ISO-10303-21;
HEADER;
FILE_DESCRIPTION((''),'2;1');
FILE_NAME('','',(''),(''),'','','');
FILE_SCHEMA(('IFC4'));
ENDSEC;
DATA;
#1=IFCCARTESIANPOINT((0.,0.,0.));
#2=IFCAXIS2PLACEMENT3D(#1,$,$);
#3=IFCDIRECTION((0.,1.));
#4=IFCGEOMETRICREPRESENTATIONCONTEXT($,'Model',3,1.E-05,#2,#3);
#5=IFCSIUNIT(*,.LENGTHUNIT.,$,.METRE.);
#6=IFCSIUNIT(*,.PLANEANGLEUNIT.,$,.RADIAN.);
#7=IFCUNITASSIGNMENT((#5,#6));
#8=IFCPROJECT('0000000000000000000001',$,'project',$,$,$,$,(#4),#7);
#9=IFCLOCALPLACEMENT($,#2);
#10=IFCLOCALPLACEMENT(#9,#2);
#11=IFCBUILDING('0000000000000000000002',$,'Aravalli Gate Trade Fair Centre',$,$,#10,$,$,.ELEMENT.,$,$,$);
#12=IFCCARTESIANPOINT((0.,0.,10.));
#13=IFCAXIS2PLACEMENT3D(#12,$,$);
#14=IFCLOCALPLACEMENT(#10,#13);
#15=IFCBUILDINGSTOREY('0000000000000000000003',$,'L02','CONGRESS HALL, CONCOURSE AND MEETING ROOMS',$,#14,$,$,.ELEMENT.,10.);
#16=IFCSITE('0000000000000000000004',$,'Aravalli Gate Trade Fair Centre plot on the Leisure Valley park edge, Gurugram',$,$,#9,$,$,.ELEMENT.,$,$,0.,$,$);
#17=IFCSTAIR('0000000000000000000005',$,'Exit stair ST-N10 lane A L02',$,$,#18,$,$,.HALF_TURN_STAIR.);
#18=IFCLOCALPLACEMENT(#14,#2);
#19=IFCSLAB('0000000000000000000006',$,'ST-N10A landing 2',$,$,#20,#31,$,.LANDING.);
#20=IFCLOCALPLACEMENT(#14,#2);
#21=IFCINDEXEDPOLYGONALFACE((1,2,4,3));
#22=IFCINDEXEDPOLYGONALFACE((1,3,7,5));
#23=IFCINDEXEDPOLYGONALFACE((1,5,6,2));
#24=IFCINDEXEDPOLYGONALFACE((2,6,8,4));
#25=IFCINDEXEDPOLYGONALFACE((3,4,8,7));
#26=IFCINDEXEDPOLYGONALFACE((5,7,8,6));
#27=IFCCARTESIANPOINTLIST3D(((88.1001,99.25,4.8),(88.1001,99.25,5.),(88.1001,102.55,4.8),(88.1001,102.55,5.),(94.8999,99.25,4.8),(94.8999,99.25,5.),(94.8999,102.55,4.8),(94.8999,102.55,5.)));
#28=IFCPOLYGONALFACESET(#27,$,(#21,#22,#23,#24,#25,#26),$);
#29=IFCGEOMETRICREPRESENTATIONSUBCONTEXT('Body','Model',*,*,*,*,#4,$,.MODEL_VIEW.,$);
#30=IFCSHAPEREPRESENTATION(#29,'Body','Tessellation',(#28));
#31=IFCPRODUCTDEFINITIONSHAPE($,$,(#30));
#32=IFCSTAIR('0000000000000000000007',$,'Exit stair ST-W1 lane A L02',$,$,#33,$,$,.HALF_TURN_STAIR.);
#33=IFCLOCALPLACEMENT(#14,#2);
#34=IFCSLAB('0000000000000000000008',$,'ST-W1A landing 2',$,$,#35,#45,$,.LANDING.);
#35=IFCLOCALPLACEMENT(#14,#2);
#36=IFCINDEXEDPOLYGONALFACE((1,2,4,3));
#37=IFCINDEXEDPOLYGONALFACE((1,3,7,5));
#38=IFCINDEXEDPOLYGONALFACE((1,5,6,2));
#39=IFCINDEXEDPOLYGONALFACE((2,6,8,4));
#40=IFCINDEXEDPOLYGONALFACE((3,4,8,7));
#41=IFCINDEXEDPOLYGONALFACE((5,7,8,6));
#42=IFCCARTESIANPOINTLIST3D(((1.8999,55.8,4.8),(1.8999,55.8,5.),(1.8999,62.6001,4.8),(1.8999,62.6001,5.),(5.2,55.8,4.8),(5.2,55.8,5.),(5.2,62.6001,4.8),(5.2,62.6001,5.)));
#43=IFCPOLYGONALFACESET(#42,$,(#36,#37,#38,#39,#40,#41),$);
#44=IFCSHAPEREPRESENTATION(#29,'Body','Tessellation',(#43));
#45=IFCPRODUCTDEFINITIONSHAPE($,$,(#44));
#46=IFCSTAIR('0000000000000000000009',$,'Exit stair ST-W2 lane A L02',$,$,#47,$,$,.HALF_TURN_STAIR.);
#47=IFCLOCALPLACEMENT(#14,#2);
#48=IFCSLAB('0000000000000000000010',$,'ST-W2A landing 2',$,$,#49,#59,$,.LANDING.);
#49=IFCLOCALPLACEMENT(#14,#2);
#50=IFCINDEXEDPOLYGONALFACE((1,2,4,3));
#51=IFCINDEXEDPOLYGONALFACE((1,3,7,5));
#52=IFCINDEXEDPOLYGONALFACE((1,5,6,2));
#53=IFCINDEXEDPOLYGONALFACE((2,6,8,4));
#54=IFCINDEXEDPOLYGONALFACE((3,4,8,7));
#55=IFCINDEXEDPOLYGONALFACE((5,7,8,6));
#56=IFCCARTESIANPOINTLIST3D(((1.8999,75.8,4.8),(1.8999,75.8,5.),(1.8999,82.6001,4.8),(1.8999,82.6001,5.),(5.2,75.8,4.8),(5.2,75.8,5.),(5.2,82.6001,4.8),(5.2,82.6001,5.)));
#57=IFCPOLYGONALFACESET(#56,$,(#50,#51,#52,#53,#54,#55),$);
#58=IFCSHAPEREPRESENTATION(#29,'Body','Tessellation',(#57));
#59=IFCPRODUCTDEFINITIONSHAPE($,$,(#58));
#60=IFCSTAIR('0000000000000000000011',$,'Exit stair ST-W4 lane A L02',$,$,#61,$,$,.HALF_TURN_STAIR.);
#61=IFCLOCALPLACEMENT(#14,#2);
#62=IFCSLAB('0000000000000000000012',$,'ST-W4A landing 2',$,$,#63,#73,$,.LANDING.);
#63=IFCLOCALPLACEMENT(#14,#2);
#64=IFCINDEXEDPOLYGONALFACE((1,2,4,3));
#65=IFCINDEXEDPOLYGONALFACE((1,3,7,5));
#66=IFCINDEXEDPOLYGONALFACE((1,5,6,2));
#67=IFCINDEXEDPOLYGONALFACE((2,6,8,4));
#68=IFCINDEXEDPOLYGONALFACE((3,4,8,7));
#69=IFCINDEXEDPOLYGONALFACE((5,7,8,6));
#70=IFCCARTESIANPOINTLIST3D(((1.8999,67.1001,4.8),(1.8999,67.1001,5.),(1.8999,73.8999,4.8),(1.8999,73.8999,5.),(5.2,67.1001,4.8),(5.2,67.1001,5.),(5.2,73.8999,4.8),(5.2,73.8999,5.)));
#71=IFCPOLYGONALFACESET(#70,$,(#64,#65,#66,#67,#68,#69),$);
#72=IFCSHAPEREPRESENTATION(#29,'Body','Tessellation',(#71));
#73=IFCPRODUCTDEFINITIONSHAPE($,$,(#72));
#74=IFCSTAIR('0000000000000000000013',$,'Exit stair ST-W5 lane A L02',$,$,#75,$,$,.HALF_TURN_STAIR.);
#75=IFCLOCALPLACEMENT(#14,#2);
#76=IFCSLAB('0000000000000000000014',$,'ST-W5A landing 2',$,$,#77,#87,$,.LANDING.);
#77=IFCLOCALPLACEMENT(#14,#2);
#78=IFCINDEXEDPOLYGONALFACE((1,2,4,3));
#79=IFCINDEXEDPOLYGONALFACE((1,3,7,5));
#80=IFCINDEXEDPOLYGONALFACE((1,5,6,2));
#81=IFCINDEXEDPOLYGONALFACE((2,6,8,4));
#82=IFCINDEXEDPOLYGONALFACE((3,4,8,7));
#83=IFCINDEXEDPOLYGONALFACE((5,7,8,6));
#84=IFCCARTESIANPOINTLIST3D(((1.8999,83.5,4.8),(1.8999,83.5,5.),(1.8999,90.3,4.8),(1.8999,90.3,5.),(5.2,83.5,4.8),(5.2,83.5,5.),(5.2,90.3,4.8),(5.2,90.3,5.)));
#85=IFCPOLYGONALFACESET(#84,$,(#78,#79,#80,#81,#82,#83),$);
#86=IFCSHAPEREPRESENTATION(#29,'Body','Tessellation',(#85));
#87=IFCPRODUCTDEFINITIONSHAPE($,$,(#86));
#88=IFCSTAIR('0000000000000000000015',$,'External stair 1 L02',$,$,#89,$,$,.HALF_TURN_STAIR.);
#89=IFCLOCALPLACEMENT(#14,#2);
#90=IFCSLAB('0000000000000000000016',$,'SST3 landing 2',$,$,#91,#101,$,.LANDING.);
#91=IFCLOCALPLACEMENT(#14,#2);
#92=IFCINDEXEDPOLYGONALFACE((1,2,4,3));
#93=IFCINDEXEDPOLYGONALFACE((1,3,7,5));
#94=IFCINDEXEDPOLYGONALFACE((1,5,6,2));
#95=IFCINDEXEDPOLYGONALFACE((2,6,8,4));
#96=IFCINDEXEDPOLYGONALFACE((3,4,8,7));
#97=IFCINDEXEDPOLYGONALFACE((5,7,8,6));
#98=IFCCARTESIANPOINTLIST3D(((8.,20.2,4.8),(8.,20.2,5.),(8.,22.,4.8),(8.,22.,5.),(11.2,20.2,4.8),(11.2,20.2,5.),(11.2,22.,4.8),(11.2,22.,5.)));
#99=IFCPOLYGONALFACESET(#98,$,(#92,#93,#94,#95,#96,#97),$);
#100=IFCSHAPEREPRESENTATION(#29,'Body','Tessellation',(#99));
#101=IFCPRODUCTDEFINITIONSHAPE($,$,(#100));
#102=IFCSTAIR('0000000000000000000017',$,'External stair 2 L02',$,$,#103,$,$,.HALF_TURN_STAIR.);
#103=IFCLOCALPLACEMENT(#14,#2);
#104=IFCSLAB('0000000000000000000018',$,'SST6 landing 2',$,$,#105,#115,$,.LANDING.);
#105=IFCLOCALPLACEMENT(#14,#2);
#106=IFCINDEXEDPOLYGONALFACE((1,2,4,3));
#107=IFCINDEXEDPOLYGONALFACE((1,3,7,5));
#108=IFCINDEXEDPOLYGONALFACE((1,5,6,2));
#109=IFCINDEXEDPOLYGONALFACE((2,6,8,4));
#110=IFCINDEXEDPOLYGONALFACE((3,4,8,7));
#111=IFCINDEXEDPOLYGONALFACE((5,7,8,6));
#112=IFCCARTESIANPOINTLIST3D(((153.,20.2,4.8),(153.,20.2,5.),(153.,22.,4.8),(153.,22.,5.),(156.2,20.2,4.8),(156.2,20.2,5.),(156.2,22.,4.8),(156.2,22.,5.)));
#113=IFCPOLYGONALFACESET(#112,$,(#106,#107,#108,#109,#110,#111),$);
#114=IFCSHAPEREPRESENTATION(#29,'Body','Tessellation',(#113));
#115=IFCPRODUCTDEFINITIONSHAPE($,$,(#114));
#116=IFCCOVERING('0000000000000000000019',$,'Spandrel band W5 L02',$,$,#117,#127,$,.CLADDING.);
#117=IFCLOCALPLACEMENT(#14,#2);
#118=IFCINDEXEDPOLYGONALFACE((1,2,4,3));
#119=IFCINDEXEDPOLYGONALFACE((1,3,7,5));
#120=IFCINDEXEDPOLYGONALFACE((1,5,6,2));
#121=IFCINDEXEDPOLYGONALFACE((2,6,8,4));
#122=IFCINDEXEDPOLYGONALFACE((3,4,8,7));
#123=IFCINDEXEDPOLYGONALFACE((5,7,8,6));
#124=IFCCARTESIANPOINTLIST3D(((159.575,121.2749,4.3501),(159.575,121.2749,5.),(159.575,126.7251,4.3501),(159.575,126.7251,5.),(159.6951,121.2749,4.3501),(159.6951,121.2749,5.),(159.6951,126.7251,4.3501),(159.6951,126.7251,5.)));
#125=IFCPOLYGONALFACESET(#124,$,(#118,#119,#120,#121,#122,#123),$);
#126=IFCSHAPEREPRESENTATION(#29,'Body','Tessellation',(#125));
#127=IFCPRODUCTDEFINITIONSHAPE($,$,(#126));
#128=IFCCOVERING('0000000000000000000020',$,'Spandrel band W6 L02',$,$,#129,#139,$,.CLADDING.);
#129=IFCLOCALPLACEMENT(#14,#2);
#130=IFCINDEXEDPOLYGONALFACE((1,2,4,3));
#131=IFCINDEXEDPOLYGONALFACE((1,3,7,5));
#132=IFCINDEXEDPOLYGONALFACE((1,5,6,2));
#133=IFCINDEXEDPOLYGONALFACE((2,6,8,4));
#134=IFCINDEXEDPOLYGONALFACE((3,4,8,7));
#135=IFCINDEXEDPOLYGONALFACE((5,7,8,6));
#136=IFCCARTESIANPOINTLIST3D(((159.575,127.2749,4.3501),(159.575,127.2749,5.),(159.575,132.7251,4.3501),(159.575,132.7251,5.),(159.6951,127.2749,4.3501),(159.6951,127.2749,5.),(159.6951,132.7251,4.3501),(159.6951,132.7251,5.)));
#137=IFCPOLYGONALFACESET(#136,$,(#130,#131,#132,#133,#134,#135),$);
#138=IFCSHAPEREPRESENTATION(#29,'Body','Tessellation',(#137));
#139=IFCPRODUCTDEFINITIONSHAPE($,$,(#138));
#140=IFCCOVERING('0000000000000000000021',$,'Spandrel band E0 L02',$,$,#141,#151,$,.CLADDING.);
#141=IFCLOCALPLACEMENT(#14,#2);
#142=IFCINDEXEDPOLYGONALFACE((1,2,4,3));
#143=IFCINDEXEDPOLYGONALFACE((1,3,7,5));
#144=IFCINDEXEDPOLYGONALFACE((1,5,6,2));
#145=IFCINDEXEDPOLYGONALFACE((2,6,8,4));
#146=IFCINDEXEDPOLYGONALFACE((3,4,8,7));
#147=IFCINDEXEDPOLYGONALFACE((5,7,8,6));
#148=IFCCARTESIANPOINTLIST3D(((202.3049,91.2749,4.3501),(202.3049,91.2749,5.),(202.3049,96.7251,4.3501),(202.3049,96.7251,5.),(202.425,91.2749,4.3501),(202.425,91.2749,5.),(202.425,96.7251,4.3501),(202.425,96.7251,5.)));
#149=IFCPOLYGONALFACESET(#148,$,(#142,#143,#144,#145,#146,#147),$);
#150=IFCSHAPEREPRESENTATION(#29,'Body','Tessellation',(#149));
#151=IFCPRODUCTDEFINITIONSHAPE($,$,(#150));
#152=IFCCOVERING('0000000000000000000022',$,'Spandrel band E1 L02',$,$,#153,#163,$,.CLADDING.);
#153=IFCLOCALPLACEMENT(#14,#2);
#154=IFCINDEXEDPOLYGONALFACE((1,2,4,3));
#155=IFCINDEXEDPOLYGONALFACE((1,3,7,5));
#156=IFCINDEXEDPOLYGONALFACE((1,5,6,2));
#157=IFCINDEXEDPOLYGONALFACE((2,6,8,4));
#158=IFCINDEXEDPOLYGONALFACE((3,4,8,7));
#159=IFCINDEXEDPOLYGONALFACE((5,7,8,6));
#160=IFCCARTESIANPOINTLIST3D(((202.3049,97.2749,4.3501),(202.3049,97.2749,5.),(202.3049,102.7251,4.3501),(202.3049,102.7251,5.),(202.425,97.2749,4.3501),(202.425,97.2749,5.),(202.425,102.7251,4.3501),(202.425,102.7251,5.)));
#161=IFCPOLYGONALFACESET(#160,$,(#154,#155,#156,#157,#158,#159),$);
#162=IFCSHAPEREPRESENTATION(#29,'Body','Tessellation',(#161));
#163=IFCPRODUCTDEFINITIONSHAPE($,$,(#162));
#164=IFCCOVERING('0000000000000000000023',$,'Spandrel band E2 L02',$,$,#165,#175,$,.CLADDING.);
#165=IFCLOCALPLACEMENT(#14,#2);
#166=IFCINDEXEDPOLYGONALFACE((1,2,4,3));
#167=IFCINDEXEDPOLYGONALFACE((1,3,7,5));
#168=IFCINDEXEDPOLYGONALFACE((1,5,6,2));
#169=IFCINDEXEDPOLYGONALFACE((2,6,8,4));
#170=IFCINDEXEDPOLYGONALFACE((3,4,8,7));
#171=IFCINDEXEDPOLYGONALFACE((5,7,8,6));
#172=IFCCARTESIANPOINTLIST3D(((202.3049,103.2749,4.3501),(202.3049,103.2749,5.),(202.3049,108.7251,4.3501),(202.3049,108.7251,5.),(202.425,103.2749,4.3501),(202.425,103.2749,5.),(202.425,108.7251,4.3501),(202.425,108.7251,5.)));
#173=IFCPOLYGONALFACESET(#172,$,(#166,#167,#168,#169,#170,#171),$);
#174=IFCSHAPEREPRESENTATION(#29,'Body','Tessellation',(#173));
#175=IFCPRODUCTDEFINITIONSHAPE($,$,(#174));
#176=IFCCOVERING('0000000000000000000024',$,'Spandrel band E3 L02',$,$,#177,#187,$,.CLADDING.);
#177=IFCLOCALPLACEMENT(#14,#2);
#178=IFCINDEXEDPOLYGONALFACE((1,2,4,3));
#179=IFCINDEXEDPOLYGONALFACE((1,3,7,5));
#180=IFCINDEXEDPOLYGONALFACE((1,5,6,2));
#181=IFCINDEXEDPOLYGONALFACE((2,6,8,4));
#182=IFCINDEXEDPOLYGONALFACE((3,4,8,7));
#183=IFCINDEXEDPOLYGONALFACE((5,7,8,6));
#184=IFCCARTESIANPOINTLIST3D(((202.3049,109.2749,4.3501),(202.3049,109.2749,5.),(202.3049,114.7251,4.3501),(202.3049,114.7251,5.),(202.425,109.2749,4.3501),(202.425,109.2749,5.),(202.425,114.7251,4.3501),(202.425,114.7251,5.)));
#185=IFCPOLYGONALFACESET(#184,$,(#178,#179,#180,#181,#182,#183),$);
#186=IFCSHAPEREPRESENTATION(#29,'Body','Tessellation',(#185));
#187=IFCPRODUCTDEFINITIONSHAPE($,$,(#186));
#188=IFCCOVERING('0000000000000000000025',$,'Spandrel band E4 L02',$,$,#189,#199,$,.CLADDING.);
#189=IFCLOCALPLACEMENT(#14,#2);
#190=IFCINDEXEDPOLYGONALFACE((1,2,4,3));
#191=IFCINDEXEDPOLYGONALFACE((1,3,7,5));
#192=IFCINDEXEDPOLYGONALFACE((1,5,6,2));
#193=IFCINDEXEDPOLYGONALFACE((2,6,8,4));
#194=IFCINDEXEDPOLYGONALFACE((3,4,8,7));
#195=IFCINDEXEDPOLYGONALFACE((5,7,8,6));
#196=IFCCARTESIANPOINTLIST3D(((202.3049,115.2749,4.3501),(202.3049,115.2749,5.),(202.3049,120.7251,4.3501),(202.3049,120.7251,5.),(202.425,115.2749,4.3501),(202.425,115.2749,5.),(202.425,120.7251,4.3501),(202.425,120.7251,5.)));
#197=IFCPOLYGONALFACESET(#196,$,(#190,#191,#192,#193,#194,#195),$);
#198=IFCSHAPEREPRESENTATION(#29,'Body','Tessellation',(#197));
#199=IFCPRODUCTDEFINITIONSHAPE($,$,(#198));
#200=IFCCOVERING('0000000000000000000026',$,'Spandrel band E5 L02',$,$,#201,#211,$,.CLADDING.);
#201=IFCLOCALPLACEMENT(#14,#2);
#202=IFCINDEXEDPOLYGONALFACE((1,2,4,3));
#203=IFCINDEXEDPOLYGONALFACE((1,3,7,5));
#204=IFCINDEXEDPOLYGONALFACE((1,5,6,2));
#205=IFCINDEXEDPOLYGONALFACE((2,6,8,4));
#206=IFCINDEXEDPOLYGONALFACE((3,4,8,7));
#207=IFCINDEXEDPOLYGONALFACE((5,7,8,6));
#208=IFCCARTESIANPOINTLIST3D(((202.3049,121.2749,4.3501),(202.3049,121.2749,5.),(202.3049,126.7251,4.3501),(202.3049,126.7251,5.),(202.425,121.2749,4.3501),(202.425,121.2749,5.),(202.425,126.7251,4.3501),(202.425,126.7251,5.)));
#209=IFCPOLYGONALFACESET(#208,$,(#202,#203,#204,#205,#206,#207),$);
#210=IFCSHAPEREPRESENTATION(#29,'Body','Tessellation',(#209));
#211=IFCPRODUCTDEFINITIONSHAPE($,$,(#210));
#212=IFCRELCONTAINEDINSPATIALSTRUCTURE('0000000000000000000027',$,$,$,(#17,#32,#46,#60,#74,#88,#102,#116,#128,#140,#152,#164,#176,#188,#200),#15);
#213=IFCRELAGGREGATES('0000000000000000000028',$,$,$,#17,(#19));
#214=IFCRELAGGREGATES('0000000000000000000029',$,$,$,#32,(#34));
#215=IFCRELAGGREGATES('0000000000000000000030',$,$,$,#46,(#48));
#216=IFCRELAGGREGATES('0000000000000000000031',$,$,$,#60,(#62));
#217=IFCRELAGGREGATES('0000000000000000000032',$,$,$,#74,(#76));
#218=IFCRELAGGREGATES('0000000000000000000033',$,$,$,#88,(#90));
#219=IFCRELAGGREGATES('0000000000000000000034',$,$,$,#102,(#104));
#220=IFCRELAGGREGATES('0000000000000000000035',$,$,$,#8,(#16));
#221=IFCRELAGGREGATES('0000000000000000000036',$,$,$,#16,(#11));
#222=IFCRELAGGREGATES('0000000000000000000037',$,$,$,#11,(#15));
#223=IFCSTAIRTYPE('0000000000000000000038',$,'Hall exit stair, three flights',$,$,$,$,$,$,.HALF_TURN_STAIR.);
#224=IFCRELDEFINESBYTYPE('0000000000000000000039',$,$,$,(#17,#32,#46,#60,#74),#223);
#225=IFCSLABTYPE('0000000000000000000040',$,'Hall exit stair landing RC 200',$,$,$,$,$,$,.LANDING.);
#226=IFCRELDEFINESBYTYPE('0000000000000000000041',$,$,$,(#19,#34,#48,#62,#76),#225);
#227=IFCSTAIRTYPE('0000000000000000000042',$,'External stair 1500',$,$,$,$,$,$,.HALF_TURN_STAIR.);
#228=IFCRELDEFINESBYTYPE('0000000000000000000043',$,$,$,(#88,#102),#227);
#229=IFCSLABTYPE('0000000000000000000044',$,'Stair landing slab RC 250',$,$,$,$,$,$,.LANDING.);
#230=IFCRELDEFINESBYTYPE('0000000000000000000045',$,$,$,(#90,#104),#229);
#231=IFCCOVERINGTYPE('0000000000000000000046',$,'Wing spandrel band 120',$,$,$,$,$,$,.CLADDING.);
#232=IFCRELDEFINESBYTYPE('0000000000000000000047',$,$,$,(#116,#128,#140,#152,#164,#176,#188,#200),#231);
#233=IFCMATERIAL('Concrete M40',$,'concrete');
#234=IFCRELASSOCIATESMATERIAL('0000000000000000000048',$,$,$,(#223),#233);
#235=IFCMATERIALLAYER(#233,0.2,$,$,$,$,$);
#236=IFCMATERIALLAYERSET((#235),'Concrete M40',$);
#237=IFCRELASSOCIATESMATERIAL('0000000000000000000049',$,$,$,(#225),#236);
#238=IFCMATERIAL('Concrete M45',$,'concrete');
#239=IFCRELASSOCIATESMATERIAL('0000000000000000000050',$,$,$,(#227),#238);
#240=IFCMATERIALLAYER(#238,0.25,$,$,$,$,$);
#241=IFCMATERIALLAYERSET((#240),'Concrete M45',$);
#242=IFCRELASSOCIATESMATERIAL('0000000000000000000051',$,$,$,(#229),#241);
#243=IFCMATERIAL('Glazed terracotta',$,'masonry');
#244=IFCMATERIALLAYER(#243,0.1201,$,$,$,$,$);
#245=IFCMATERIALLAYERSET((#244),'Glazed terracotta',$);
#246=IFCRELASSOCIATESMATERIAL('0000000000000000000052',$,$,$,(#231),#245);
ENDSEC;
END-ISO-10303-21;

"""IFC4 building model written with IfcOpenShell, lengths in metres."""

from ifc_helpers import new_model, si_unit, direction, frame, origin, place, context, subcontext, project, spatial, polyline, outline, extrude, material, layer, layer_set, type_object, element, aggregate, save


model = new_model("IFC4")

# Units and contexts
model_context = context("Model", 3, precision=1e-05, world=origin(), true_north=direction((0.0, 1.0)))
body_context = subcontext(model_context, "Body", "Model", "MODEL_VIEW")
ifc_project = project(units=[si_unit("LENGTHUNIT", "METRE"), si_unit("PLANEANGLEUNIT", "RADIAN")], contexts=[model_context])

# Site, building, storey
site_placement = place(None, origin())
site = spatial("IfcSite", under=ifc_project, at=site_placement, Name="Aravalli Gate Trade Fair Centre plot on the Leisure Valley park edge, Gurugram", CompositionType="ELEMENT", RefElevation=0.0)
building_placement = place(site_placement, origin())
building = spatial("IfcBuilding", under=site, at=building_placement, Name="Aravalli Gate Trade Fair Centre", CompositionType="ELEMENT")
storey_placement = place(building_placement, frame((0.0, 0.0, 10.0)))
storey = spatial("IfcBuildingStorey", under=building, at=storey_placement, Name="L02", Description="CONGRESS HALL, CONCOURSE AND MEETING ROOMS", CompositionType="ELEMENT", Elevation=10.0)

# Shared definitions
ifc_material_1 = material(Name="Concrete M40", Category="concrete")

# Stairs, slabs
stair_type_1 = type_object("IfcStairType", Name="Hall exit stair, three flights", PredefinedType="HALF_TURN_STAIR", material=ifc_material_1)
ifc_layer_1 = layer(ifc_material_1, 0.2)
ifc_layer_set_1 = layer_set([ifc_layer_1], Name="Concrete M40")
slab_type_1 = type_object("IfcSlabType", Name="Hall exit stair landing RC 200", PredefinedType="LANDING", material=ifc_layer_set_1)
stair_1_placement = place(storey_placement, origin())
stair_1 = element("IfcStair", 1, at=stair_1_placement, inside=storey, type_object=stair_type_1, Name="Exit stair ST-N10 lane A L02", PredefinedType="HALF_TURN_STAIR")
slab_1_placement = place(storey_placement, frame((0.0, 0.0, 4.8)))
slab_1 = element("IfcSlab", 2, at=slab_1_placement, type_object=slab_type_1, Name="ST-N10A landing 2", PredefinedType="LANDING", context=body_context, shape_type="SweptSolid", body=[
    extrude(outline(polyline([(88.1001, 102.55), (94.8999, 102.55), (94.8999, 99.25), (88.1001, 99.25), (88.1001, 102.55)])), origin(), (0.0, 0.0, 1.0), 0.2),
])
aggregate(stair_1, [slab_1])
stair_2_placement = place(storey_placement, origin())
stair_2 = element("IfcStair", 3, at=stair_2_placement, inside=storey, type_object=stair_type_1, Name="Exit stair ST-W1 lane A L02", PredefinedType="HALF_TURN_STAIR")
slab_2_placement = place(storey_placement, frame((0.0, 0.0, 4.8)))
slab_2 = element("IfcSlab", 4, at=slab_2_placement, type_object=slab_type_1, Name="ST-W1A landing 2", PredefinedType="LANDING", context=body_context, shape_type="SweptSolid", body=[
    extrude(outline(polyline([(5.2, 55.8), (5.2, 62.6001), (1.8999, 62.6001), (1.8999, 55.8), (5.2, 55.8)])), origin(), (0.0, 0.0, 1.0), 0.2),
])
aggregate(stair_2, [slab_2])
stair_3_placement = place(storey_placement, origin())
stair_3 = element("IfcStair", 5, at=stair_3_placement, inside=storey, type_object=stair_type_1, Name="Exit stair ST-W2 lane A L02", PredefinedType="HALF_TURN_STAIR")
slab_3_placement = place(storey_placement, frame((0.0, 0.0, 4.8)))
slab_3 = element("IfcSlab", 6, at=slab_3_placement, type_object=slab_type_1, Name="ST-W2A landing 2", PredefinedType="LANDING", context=body_context, shape_type="SweptSolid", body=[
    extrude(outline(polyline([(5.2, 75.8), (5.2, 82.6001), (1.8999, 82.6001), (1.8999, 75.8), (5.2, 75.8)])), origin(), (0.0, 0.0, 1.0), 0.2),
])
aggregate(stair_3, [slab_3])
stair_4_placement = place(storey_placement, origin())
stair_4 = element("IfcStair", 7, at=stair_4_placement, inside=storey, type_object=stair_type_1, Name="Exit stair ST-W4 lane A L02", PredefinedType="HALF_TURN_STAIR")
slab_4_placement = place(storey_placement, frame((0.0, 0.0, 4.8)))
slab_4 = element("IfcSlab", 8, at=slab_4_placement, type_object=slab_type_1, Name="ST-W4A landing 2", PredefinedType="LANDING", context=body_context, shape_type="SweptSolid", body=[
    extrude(outline(polyline([(5.2, 67.1001), (5.2, 73.8999), (1.8999, 73.8999), (1.8999, 67.1001), (5.2, 67.1001)])), origin(), (0.0, 0.0, 1.0), 0.2),
])
aggregate(stair_4, [slab_4])
stair_5_placement = place(storey_placement, origin())
stair_5 = element("IfcStair", 9, at=stair_5_placement, inside=storey, type_object=stair_type_1, Name="Exit stair ST-W5 lane A L02", PredefinedType="HALF_TURN_STAIR")
slab_5_placement = place(storey_placement, frame((0.0, 0.0, 4.8)))
slab_5 = element("IfcSlab", 10, at=slab_5_placement, type_object=slab_type_1, Name="ST-W5A landing 2", PredefinedType="LANDING", context=body_context, shape_type="SweptSolid", body=[
    extrude(outline(polyline([(5.2, 83.5), (5.2, 90.3), (1.8999, 90.3), (1.8999, 83.5), (5.2, 83.5)])), origin(), (0.0, 0.0, 1.0), 0.2),
])
aggregate(stair_5, [slab_5])
ifc_material_2 = material(Name="Concrete M45", Category="concrete")
stair_type_2 = type_object("IfcStairType", Name="External stair 1500", PredefinedType="HALF_TURN_STAIR", material=ifc_material_2)
stair_6_placement = place(storey_placement, origin())
stair_6 = element("IfcStair", 11, at=stair_6_placement, inside=storey, type_object=stair_type_2, Name="External stair 1 L02", PredefinedType="HALF_TURN_STAIR")
ifc_layer_2 = layer(ifc_material_2, 0.25)
ifc_layer_set_2 = layer_set([ifc_layer_2], Name="Concrete M45")
slab_type_2 = type_object("IfcSlabType", Name="Stair landing slab RC 250", PredefinedType="LANDING", material=ifc_layer_set_2)
slab_6_placement = place(storey_placement, frame((0.0, 0.0, 4.8)))
slab_6 = element("IfcSlab", 12, at=slab_6_placement, type_object=slab_type_2, Name="SST3 landing 2", PredefinedType="LANDING", context=body_context, shape_type="SweptSolid", body=[
    extrude(outline(polyline([(8.0, 20.2), (11.2, 20.2), (11.2, 22.0), (8.0, 22.0), (8.0, 20.2)])), origin(), (0.0, 0.0, 1.0), 0.2),
])
aggregate(stair_6, [slab_6])
stair_7_placement = place(storey_placement, origin())
stair_7 = element("IfcStair", 13, at=stair_7_placement, inside=storey, type_object=stair_type_2, Name="External stair 2 L02", PredefinedType="HALF_TURN_STAIR")
slab_7_placement = place(storey_placement, frame((0.0, 0.0, 4.8)))
slab_7 = element("IfcSlab", 14, at=slab_7_placement, type_object=slab_type_2, Name="SST6 landing 2", PredefinedType="LANDING", context=body_context, shape_type="SweptSolid", body=[
    extrude(outline(polyline([(153.0, 20.2), (156.2, 20.2), (156.2, 22.0), (153.0, 22.0), (153.0, 20.2)])), origin(), (0.0, 0.0, 1.0), 0.2),
])
aggregate(stair_7, [slab_7])

# Coverings
ifc_material_3 = material(Name="Glazed terracotta", Category="masonry")
ifc_layer_3 = layer(ifc_material_3, 0.1201)
ifc_layer_set_3 = layer_set([ifc_layer_3], Name="Glazed terracotta")
covering_type = type_object("IfcCoveringType", Name="Wing spandrel band 120", PredefinedType="CLADDING", material=ifc_layer_set_3)
covering_1_placement = place(storey_placement, frame((0.0, 0.0, 4.3501)))
element("IfcCovering", 15, at=covering_1_placement, inside=storey, type_object=covering_type, Name="Spandrel band W5 L02", PredefinedType="CLADDING", context=body_context, shape_type="SweptSolid", body=[
    extrude(outline(polyline([(159.575, 121.2749), (159.6951, 121.2749), (159.6951, 126.7251), (159.575, 126.7251), (159.575, 121.2749)])), origin(), (0.0, 0.0, 1.0), 0.6499),
])
covering_2_placement = place(storey_placement, frame((0.0, 0.0, 4.3501)))
element("IfcCovering", 16, at=covering_2_placement, inside=storey, type_object=covering_type, Name="Spandrel band W6 L02", PredefinedType="CLADDING", context=body_context, shape_type="SweptSolid", body=[
    extrude(outline(polyline([(159.575, 127.2749), (159.6951, 127.2749), (159.6951, 132.7251), (159.575, 132.7251), (159.575, 127.2749)])), origin(), (0.0, 0.0, 1.0), 0.6499),
])
covering_3_placement = place(storey_placement, frame((0.0, 0.0, 4.3501)))
element("IfcCovering", 17, at=covering_3_placement, inside=storey, type_object=covering_type, Name="Spandrel band E0 L02", PredefinedType="CLADDING", context=body_context, shape_type="SweptSolid", body=[
    extrude(outline(polyline([(202.3049, 91.2749), (202.425, 91.2749), (202.425, 96.7251), (202.3049, 96.7251), (202.3049, 91.2749)])), origin(), (0.0, 0.0, 1.0), 0.6499),
])
covering_4_placement = place(storey_placement, frame((0.0, 0.0, 4.3501)))
element("IfcCovering", 18, at=covering_4_placement, inside=storey, type_object=covering_type, Name="Spandrel band E1 L02", PredefinedType="CLADDING", context=body_context, shape_type="SweptSolid", body=[
    extrude(outline(polyline([(202.3049, 97.2749), (202.425, 97.2749), (202.425, 102.7251), (202.3049, 102.7251), (202.3049, 97.2749)])), origin(), (0.0, 0.0, 1.0), 0.6499),
])
covering_5_placement = place(storey_placement, frame((0.0, 0.0, 4.3501)))
element("IfcCovering", 19, at=covering_5_placement, inside=storey, type_object=covering_type, Name="Spandrel band E2 L02", PredefinedType="CLADDING", context=body_context, shape_type="SweptSolid", body=[
    extrude(outline(polyline([(202.3049, 103.2749), (202.425, 103.2749), (202.425, 108.7251), (202.3049, 108.7251), (202.3049, 103.2749)])), origin(), (0.0, 0.0, 1.0), 0.6499),
])
covering_6_placement = place(storey_placement, frame((0.0, 0.0, 4.3501)))
element("IfcCovering", 20, at=covering_6_placement, inside=storey, type_object=covering_type, Name="Spandrel band E3 L02", PredefinedType="CLADDING", context=body_context, shape_type="SweptSolid", body=[
    extrude(outline(polyline([(202.3049, 109.2749), (202.425, 109.2749), (202.425, 114.7251), (202.3049, 114.7251), (202.3049, 109.2749)])), origin(), (0.0, 0.0, 1.0), 0.6499),
])
covering_7_placement = place(storey_placement, frame((0.0, 0.0, 4.3501)))
element("IfcCovering", 21, at=covering_7_placement, inside=storey, type_object=covering_type, Name="Spandrel band E4 L02", PredefinedType="CLADDING", context=body_context, shape_type="SweptSolid", body=[
    extrude(outline(polyline([(202.3049, 115.2749), (202.425, 115.2749), (202.425, 120.7251), (202.3049, 120.7251), (202.3049, 115.2749)])), origin(), (0.0, 0.0, 1.0), 0.6499),
])
covering_8_placement = place(storey_placement, frame((0.0, 0.0, 4.3501)))
element("IfcCovering", 22, at=covering_8_placement, inside=storey, type_object=covering_type, Name="Spandrel band E5 L02", PredefinedType="CLADDING", context=body_context, shape_type="SweptSolid", body=[
    extrude(outline(polyline([(202.3049, 121.2749), (202.425, 121.2749), (202.425, 126.7251), (202.3049, 126.7251), (202.3049, 121.2749)])), origin(), (0.0, 0.0, 1.0), 0.6499),
])

save(model, "model.ifc")
